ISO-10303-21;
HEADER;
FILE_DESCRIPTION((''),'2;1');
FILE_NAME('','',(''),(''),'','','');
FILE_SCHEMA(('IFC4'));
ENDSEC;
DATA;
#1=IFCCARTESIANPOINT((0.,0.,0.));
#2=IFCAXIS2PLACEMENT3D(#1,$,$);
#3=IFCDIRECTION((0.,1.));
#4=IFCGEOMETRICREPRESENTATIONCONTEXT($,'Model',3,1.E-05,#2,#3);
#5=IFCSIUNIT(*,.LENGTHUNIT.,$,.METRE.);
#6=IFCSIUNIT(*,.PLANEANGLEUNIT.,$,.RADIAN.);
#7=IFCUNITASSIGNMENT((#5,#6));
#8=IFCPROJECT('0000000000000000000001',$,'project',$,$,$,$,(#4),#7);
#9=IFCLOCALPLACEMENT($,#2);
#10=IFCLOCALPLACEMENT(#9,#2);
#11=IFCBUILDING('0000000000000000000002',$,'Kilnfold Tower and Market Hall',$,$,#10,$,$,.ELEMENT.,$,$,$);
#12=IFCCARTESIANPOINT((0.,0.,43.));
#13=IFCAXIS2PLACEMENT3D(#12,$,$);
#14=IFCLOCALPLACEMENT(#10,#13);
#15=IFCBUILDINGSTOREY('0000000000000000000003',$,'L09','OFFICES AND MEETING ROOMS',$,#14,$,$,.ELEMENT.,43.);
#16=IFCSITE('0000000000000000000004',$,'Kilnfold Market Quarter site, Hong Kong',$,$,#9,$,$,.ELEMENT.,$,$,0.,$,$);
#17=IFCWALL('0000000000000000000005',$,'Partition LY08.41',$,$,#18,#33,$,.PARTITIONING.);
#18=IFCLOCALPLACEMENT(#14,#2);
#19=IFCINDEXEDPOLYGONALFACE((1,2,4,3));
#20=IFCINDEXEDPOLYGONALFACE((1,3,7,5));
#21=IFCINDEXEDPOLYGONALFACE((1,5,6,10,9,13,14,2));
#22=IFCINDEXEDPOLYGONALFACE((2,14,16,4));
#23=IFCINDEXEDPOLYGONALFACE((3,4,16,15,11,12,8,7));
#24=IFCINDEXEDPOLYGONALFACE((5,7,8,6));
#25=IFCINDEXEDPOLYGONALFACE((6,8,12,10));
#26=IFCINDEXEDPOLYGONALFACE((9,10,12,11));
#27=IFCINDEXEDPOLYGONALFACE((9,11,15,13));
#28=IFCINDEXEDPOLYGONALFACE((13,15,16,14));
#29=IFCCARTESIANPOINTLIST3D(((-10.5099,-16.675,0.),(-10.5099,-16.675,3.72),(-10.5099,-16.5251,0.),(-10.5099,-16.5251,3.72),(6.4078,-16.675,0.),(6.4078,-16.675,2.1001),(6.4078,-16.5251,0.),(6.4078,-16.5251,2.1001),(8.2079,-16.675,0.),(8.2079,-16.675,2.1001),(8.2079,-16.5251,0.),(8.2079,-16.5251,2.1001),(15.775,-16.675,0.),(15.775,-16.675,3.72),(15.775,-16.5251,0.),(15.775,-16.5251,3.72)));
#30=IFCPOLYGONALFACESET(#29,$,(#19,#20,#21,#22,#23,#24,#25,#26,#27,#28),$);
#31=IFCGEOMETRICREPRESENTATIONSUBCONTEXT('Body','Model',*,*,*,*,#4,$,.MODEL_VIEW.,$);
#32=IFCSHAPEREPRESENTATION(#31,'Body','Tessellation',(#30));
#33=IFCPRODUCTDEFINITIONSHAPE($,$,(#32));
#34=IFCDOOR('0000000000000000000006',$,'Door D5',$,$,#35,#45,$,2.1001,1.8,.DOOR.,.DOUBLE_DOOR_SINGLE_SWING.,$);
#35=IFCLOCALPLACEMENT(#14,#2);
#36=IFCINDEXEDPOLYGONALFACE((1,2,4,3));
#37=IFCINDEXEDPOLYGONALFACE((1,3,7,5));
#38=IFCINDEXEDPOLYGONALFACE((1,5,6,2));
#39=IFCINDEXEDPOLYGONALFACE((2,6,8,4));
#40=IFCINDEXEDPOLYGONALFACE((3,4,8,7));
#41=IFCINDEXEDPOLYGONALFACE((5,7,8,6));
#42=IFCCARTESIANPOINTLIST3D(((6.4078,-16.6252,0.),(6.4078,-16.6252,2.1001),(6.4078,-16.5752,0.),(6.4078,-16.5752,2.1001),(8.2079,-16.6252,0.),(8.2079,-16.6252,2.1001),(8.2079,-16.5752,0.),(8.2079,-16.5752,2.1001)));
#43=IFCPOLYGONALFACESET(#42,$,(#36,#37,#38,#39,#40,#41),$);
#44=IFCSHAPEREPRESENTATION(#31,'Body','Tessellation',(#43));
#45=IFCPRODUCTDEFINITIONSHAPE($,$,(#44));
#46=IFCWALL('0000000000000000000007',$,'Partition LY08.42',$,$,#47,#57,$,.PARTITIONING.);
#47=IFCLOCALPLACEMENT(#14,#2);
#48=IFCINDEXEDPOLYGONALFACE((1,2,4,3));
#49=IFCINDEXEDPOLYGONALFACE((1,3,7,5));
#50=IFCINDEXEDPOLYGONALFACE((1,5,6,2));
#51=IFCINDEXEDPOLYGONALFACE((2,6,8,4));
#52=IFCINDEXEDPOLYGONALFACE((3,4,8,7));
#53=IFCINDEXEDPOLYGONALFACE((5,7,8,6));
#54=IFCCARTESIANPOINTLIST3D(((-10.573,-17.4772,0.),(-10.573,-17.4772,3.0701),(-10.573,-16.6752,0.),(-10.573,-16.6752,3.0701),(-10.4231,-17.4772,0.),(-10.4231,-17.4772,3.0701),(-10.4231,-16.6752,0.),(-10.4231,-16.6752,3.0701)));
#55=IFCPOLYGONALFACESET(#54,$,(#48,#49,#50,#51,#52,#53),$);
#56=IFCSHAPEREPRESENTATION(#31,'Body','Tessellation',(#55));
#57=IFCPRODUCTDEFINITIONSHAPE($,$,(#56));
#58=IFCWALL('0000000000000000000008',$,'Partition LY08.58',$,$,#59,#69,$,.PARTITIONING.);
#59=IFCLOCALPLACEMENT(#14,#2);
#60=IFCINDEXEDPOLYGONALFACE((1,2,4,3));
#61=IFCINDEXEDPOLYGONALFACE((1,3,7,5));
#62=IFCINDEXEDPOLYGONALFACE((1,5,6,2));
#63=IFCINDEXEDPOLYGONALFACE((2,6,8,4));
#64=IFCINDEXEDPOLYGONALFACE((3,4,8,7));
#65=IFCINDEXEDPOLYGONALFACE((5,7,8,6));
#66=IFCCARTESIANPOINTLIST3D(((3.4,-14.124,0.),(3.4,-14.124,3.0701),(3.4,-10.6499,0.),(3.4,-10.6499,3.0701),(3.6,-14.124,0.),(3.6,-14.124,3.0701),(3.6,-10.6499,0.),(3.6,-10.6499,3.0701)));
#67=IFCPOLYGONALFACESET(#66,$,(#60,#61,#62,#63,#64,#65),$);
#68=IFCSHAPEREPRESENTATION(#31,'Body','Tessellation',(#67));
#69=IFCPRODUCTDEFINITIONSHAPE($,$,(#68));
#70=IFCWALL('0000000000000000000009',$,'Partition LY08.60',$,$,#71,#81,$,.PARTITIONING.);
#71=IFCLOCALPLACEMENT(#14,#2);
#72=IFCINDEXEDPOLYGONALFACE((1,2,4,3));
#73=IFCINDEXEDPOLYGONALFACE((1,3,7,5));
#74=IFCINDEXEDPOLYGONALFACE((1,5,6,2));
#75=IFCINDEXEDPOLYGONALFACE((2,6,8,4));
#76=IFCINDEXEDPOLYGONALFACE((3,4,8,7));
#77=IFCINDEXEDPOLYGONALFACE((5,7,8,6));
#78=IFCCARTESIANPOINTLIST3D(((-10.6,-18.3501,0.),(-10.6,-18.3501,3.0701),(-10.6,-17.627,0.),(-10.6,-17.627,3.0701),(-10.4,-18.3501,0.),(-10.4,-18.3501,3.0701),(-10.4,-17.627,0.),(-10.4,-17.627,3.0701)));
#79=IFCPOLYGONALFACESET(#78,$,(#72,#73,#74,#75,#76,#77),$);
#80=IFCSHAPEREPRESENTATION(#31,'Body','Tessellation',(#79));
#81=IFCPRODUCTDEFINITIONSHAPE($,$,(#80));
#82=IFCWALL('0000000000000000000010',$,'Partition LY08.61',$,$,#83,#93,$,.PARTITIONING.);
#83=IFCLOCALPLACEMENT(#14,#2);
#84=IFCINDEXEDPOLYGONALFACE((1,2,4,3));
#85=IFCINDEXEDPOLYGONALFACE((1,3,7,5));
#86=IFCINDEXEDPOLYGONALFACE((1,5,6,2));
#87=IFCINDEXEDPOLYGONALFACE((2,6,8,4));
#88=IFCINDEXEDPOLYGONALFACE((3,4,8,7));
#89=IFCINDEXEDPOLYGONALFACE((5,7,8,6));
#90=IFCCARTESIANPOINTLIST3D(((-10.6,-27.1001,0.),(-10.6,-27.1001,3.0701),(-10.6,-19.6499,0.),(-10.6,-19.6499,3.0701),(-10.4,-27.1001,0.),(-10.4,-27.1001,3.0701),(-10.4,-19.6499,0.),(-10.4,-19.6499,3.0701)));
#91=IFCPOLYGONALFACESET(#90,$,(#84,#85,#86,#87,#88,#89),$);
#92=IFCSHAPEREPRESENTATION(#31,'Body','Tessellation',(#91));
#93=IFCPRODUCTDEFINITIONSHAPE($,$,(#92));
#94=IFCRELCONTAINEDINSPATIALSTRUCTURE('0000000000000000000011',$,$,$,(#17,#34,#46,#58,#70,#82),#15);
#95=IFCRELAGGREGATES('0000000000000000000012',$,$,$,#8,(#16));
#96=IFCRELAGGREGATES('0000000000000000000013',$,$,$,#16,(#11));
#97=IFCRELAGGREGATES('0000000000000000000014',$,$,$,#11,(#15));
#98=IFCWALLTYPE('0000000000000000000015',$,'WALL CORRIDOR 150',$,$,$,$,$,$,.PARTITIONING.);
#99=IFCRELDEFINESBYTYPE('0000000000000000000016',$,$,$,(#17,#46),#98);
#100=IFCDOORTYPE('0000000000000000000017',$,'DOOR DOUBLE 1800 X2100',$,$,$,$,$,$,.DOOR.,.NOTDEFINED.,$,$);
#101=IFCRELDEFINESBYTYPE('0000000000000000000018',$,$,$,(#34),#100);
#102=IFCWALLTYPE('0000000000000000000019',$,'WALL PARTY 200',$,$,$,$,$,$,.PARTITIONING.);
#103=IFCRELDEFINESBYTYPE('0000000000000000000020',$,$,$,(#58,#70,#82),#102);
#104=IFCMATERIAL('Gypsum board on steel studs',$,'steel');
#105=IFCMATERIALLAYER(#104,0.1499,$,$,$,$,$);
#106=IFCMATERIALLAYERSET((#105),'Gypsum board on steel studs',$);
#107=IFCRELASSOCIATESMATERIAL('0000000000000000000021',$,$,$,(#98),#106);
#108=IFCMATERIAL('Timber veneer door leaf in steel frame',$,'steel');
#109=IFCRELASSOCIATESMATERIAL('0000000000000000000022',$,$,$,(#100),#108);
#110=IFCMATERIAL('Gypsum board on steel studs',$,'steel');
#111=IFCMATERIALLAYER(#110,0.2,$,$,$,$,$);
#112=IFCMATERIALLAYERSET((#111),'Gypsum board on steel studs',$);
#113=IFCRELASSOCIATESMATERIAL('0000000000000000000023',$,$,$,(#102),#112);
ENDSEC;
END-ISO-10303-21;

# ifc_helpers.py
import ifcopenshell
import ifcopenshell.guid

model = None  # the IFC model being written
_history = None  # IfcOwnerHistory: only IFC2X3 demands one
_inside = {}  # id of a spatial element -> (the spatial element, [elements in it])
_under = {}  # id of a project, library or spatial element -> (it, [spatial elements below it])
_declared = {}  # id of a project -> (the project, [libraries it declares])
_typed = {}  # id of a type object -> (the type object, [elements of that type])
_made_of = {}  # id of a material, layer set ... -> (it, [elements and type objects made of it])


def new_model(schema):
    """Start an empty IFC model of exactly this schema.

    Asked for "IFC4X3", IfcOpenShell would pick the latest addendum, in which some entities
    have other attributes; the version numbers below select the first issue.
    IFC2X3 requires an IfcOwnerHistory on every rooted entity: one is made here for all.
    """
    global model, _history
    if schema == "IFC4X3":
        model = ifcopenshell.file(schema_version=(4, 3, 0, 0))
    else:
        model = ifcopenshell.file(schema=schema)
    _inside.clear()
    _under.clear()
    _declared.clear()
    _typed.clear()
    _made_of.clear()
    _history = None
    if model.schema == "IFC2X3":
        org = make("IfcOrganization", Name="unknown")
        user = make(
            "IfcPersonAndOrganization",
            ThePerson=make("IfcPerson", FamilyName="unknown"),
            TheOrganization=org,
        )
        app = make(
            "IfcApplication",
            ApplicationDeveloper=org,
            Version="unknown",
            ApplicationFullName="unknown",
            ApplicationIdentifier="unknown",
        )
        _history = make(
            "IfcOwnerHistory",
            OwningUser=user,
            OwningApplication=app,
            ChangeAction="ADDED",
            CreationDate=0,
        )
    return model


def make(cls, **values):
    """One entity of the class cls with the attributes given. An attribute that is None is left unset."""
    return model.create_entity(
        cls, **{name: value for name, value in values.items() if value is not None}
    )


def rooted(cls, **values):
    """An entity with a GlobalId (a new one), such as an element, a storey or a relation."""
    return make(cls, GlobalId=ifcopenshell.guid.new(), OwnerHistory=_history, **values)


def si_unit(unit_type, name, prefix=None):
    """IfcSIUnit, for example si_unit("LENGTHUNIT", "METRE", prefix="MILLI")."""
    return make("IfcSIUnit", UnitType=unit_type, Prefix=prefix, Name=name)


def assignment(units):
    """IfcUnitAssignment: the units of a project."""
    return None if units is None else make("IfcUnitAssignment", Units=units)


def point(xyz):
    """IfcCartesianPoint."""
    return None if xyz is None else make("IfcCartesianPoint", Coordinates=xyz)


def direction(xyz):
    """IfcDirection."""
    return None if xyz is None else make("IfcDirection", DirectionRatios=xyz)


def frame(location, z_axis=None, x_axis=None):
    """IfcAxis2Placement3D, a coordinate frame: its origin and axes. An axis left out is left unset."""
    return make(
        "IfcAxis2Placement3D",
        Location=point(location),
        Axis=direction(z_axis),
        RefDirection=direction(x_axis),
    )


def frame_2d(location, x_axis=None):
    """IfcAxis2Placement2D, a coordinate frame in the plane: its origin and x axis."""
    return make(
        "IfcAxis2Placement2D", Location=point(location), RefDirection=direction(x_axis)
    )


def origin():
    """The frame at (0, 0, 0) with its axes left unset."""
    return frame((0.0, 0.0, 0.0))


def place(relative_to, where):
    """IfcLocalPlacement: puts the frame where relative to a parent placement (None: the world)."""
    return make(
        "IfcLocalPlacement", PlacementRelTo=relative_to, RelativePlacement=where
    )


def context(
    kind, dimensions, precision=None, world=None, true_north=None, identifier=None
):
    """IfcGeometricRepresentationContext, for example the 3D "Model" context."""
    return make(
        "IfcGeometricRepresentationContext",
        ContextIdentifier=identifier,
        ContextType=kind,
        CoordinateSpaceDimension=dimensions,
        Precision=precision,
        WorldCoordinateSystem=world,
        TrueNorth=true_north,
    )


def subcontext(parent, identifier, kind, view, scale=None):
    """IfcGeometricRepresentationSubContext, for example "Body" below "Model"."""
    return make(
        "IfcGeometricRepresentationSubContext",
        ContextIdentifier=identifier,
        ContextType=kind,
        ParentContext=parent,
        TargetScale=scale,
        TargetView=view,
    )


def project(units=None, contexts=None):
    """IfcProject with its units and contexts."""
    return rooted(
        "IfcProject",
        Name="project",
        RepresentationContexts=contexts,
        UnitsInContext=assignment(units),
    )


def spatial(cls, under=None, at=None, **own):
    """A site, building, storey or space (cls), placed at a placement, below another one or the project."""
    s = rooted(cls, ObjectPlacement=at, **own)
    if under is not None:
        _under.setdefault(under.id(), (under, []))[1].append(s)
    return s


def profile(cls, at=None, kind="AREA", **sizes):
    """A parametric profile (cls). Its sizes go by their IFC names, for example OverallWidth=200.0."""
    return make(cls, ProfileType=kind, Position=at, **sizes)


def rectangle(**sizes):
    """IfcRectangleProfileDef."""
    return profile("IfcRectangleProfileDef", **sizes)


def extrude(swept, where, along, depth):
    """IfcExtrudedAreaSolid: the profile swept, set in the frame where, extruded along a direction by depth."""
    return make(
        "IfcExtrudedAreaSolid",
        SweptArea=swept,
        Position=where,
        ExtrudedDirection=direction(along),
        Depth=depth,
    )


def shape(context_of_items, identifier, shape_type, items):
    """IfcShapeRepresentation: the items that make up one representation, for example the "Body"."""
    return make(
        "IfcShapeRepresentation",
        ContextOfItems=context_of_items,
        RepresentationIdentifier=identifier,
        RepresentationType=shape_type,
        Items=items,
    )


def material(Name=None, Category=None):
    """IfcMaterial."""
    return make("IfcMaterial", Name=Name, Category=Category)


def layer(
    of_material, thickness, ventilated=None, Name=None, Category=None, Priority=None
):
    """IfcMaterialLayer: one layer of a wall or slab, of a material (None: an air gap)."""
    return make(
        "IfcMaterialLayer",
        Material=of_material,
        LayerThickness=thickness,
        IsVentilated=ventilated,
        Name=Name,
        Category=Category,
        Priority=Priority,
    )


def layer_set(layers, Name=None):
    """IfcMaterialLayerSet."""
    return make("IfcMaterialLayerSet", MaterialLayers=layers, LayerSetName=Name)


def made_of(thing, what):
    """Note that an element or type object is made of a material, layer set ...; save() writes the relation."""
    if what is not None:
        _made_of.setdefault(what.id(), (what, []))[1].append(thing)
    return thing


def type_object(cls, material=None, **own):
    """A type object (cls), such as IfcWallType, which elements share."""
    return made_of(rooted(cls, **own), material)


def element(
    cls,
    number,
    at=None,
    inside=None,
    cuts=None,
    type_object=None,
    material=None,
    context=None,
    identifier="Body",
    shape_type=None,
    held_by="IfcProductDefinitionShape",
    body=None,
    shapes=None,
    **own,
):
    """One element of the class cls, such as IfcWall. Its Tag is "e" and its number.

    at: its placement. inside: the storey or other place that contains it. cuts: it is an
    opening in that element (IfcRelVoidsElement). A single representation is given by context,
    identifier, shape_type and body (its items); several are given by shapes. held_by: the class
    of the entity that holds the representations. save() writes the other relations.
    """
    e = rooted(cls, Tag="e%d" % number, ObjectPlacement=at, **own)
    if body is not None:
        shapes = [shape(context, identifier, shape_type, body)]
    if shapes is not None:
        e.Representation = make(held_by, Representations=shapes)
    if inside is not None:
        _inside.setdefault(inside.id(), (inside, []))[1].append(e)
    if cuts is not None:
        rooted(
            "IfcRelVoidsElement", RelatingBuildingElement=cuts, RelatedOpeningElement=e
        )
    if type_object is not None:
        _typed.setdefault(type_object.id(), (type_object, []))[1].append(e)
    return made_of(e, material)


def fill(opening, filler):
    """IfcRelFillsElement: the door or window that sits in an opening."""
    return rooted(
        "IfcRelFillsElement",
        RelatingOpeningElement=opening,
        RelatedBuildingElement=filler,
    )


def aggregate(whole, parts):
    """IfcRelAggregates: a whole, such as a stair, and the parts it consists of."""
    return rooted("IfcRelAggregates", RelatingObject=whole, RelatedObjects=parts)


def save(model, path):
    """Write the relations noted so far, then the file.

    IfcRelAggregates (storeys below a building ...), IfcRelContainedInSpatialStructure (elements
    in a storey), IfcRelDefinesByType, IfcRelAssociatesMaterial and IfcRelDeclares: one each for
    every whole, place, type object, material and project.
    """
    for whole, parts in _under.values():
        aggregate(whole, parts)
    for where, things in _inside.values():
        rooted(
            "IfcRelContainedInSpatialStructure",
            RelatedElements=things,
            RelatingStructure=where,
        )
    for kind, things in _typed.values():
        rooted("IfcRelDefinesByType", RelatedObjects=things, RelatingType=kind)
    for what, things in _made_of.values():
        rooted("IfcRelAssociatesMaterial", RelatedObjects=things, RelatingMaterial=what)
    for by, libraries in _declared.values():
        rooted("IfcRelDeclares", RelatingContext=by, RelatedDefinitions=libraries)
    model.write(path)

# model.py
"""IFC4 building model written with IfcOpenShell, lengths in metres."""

from ifc_helpers import new_model, si_unit, direction, frame, frame_2d, origin, place, context, subcontext, project, spatial, rectangle, extrude, material, layer, layer_set, type_object, element, fill, save


model = new_model("IFC4")

# Units and contexts
model_context = context("Model", 3, precision=1e-05, world=origin(), true_north=direction((0.0, 1.0)))
body_context = subcontext(model_context, "Body", "Model", "MODEL_VIEW")
ifc_project = project(units=[si_unit("LENGTHUNIT", "METRE"), si_unit("PLANEANGLEUNIT", "RADIAN")], contexts=[model_context])

# Site, building, storey
site_placement = place(None, origin())
site = spatial("IfcSite", under=ifc_project, at=site_placement, Name="Kilnfold Market Quarter site, Hong Kong", CompositionType="ELEMENT", RefElevation=0.0)
building_placement = place(site_placement, origin())
building = spatial("IfcBuilding", under=site, at=building_placement, Name="Kilnfold Tower and Market Hall", CompositionType="ELEMENT")
storey_placement = place(building_placement, frame((0.0, 0.0, 43.0)))
storey = spatial("IfcBuildingStorey", under=building, at=storey_placement, Name="L09", Description="OFFICES AND MEETING ROOMS", CompositionType="ELEMENT", Elevation=43.0)

# Shared definitions
ifc_material_1 = material(Name="Gypsum board on steel studs", Category="steel")
ifc_layer_1 = layer(ifc_material_1, 0.1499)
ifc_layer_set_1 = layer_set([ifc_layer_1], Name="Gypsum board on steel studs")
wall_type_1 = type_object("IfcWallType", Name="WALL CORRIDOR 150", PredefinedType="PARTITIONING", material=ifc_layer_set_1)

# Wall, opening, door
wall_1_placement = place(storey_placement, frame((-10.51, -16.6001, 0.0), z_axis=(0.0, 0.0, 1.0), x_axis=(1.0, 0.0, 0.0)))
wall_1 = element("IfcWall", 1, at=wall_1_placement, inside=storey, type_object=wall_type_1, Name="Partition LY08.41", PredefinedType="PARTITIONING", context=body_context, shape_type="SweptSolid", body=[
    extrude(rectangle(XDim=26.2849, YDim=0.1499, at=frame_2d((13.1426, 0.0))), origin(), (0.0, 0.0, 1.0), 3.72),
])
opening_1_placement = place(wall_1_placement, frame((16.918, 0.0, 0.0)))
opening_1 = element("IfcOpeningElement", 2, at=opening_1_placement, cuts=wall_1, PredefinedType="OPENING", context=body_context, shape_type="SweptSolid", body=[
    extrude(rectangle(XDim=1.8, YDim=2.1001, at=frame_2d((0.8999, 1.05))), frame((0.0, 0.085, 0.0), z_axis=(0.0, -1.0, 0.0), x_axis=(1.0, 0.0, 0.0)), (0.0, 0.0, 1.0), 0.1699),
])
ifc_material_2 = material(Name="Timber veneer door leaf in steel frame", Category="steel")
door_type_1 = type_object("IfcDoorType", Name="DOOR DOUBLE 1800 X2100", OperationType="NOTDEFINED", PredefinedType="DOOR", material=ifc_material_2)
door_1_placement = place(opening_1_placement, origin())
door_1 = element("IfcDoor", 3, at=door_1_placement, inside=storey, type_object=door_type_1, Name="Door D5", OperationType="DOUBLE_DOOR_SINGLE_SWING", OverallHeight=2.1001, OverallWidth=1.8, PredefinedType="DOOR", context=body_context, shape_type="SweptSolid", body=[
    extrude(rectangle(XDim=1.8, YDim=2.1001, at=frame_2d((0.8999, 1.05))), frame((0.0, 0.0249, 0.0), z_axis=(0.0, -1.0, 0.0), x_axis=(1.0, 0.0, 0.0)), (0.0, 0.0, 1.0), 0.05),
])
fill(opening_1, door_1)

# Walls
wall_2_placement = place(storey_placement, frame((-10.498, -17.4771, 0.0), z_axis=(0.0, 0.0, 1.0), x_axis=(0.0, 1.0, 0.0)))
element("IfcWall", 4, at=wall_2_placement, inside=storey, type_object=wall_type_1, Name="Partition LY08.42", PredefinedType="PARTITIONING", context=body_context, shape_type="SweptSolid", body=[
    extrude(rectangle(XDim=0.802, YDim=0.1499, at=frame_2d((0.4009, 0.0))), origin(), (0.0, 0.0, 1.0), 3.0701),
])
ifc_material_3 = material(Name="Gypsum board on steel studs", Category="steel")
ifc_layer_2 = layer(ifc_material_3, 0.2)
ifc_layer_set_2 = layer_set([ifc_layer_2], Name="Gypsum board on steel studs")
wall_type_2 = type_object("IfcWallType", Name="WALL PARTY 200", PredefinedType="PARTITIONING", material=ifc_layer_set_2)
wall_3_placement = place(storey_placement, frame((3.5, -14.124, 0.0), z_axis=(0.0, 0.0, 1.0), x_axis=(0.0, 1.0, 0.0)))
element("IfcWall", 5, at=wall_3_placement, inside=storey, type_object=wall_type_2, Name="Partition LY08.58", PredefinedType="PARTITIONING", context=body_context, shape_type="SweptSolid", body=[
    extrude(rectangle(XDim=3.4741, YDim=0.2, at=frame_2d((1.7371, 0.0))), origin(), (0.0, 0.0, 1.0), 3.0701),
])
wall_4_placement = place(storey_placement, frame((-10.5, -18.3501, 0.0), z_axis=(0.0, 0.0, 1.0), x_axis=(0.0, 1.0, 0.0)))
element("IfcWall", 6, at=wall_4_placement, inside=storey, type_object=wall_type_2, Name="Partition LY08.60", PredefinedType="PARTITIONING", context=body_context, shape_type="SweptSolid", body=[
    extrude(rectangle(XDim=0.7231, YDim=0.2, at=frame_2d((0.3616, 0.0))), origin(), (0.0, 0.0, 1.0), 3.0701),
])
wall_5_placement = place(storey_placement, frame((-10.5, -27.1001, 0.0), z_axis=(0.0, 0.0, 1.0), x_axis=(0.0, 1.0, 0.0)))
element("IfcWall", 7, at=wall_5_placement, inside=storey, type_object=wall_type_2, Name="Partition LY08.61", PredefinedType="PARTITIONING", context=body_context, shape_type="SweptSolid", body=[
    extrude(rectangle(XDim=7.4502, YDim=0.2, at=frame_2d((3.7251, 0.0))), origin(), (0.0, 0.0, 1.0), 3.0701),
])

save(model, "model.ifc")
